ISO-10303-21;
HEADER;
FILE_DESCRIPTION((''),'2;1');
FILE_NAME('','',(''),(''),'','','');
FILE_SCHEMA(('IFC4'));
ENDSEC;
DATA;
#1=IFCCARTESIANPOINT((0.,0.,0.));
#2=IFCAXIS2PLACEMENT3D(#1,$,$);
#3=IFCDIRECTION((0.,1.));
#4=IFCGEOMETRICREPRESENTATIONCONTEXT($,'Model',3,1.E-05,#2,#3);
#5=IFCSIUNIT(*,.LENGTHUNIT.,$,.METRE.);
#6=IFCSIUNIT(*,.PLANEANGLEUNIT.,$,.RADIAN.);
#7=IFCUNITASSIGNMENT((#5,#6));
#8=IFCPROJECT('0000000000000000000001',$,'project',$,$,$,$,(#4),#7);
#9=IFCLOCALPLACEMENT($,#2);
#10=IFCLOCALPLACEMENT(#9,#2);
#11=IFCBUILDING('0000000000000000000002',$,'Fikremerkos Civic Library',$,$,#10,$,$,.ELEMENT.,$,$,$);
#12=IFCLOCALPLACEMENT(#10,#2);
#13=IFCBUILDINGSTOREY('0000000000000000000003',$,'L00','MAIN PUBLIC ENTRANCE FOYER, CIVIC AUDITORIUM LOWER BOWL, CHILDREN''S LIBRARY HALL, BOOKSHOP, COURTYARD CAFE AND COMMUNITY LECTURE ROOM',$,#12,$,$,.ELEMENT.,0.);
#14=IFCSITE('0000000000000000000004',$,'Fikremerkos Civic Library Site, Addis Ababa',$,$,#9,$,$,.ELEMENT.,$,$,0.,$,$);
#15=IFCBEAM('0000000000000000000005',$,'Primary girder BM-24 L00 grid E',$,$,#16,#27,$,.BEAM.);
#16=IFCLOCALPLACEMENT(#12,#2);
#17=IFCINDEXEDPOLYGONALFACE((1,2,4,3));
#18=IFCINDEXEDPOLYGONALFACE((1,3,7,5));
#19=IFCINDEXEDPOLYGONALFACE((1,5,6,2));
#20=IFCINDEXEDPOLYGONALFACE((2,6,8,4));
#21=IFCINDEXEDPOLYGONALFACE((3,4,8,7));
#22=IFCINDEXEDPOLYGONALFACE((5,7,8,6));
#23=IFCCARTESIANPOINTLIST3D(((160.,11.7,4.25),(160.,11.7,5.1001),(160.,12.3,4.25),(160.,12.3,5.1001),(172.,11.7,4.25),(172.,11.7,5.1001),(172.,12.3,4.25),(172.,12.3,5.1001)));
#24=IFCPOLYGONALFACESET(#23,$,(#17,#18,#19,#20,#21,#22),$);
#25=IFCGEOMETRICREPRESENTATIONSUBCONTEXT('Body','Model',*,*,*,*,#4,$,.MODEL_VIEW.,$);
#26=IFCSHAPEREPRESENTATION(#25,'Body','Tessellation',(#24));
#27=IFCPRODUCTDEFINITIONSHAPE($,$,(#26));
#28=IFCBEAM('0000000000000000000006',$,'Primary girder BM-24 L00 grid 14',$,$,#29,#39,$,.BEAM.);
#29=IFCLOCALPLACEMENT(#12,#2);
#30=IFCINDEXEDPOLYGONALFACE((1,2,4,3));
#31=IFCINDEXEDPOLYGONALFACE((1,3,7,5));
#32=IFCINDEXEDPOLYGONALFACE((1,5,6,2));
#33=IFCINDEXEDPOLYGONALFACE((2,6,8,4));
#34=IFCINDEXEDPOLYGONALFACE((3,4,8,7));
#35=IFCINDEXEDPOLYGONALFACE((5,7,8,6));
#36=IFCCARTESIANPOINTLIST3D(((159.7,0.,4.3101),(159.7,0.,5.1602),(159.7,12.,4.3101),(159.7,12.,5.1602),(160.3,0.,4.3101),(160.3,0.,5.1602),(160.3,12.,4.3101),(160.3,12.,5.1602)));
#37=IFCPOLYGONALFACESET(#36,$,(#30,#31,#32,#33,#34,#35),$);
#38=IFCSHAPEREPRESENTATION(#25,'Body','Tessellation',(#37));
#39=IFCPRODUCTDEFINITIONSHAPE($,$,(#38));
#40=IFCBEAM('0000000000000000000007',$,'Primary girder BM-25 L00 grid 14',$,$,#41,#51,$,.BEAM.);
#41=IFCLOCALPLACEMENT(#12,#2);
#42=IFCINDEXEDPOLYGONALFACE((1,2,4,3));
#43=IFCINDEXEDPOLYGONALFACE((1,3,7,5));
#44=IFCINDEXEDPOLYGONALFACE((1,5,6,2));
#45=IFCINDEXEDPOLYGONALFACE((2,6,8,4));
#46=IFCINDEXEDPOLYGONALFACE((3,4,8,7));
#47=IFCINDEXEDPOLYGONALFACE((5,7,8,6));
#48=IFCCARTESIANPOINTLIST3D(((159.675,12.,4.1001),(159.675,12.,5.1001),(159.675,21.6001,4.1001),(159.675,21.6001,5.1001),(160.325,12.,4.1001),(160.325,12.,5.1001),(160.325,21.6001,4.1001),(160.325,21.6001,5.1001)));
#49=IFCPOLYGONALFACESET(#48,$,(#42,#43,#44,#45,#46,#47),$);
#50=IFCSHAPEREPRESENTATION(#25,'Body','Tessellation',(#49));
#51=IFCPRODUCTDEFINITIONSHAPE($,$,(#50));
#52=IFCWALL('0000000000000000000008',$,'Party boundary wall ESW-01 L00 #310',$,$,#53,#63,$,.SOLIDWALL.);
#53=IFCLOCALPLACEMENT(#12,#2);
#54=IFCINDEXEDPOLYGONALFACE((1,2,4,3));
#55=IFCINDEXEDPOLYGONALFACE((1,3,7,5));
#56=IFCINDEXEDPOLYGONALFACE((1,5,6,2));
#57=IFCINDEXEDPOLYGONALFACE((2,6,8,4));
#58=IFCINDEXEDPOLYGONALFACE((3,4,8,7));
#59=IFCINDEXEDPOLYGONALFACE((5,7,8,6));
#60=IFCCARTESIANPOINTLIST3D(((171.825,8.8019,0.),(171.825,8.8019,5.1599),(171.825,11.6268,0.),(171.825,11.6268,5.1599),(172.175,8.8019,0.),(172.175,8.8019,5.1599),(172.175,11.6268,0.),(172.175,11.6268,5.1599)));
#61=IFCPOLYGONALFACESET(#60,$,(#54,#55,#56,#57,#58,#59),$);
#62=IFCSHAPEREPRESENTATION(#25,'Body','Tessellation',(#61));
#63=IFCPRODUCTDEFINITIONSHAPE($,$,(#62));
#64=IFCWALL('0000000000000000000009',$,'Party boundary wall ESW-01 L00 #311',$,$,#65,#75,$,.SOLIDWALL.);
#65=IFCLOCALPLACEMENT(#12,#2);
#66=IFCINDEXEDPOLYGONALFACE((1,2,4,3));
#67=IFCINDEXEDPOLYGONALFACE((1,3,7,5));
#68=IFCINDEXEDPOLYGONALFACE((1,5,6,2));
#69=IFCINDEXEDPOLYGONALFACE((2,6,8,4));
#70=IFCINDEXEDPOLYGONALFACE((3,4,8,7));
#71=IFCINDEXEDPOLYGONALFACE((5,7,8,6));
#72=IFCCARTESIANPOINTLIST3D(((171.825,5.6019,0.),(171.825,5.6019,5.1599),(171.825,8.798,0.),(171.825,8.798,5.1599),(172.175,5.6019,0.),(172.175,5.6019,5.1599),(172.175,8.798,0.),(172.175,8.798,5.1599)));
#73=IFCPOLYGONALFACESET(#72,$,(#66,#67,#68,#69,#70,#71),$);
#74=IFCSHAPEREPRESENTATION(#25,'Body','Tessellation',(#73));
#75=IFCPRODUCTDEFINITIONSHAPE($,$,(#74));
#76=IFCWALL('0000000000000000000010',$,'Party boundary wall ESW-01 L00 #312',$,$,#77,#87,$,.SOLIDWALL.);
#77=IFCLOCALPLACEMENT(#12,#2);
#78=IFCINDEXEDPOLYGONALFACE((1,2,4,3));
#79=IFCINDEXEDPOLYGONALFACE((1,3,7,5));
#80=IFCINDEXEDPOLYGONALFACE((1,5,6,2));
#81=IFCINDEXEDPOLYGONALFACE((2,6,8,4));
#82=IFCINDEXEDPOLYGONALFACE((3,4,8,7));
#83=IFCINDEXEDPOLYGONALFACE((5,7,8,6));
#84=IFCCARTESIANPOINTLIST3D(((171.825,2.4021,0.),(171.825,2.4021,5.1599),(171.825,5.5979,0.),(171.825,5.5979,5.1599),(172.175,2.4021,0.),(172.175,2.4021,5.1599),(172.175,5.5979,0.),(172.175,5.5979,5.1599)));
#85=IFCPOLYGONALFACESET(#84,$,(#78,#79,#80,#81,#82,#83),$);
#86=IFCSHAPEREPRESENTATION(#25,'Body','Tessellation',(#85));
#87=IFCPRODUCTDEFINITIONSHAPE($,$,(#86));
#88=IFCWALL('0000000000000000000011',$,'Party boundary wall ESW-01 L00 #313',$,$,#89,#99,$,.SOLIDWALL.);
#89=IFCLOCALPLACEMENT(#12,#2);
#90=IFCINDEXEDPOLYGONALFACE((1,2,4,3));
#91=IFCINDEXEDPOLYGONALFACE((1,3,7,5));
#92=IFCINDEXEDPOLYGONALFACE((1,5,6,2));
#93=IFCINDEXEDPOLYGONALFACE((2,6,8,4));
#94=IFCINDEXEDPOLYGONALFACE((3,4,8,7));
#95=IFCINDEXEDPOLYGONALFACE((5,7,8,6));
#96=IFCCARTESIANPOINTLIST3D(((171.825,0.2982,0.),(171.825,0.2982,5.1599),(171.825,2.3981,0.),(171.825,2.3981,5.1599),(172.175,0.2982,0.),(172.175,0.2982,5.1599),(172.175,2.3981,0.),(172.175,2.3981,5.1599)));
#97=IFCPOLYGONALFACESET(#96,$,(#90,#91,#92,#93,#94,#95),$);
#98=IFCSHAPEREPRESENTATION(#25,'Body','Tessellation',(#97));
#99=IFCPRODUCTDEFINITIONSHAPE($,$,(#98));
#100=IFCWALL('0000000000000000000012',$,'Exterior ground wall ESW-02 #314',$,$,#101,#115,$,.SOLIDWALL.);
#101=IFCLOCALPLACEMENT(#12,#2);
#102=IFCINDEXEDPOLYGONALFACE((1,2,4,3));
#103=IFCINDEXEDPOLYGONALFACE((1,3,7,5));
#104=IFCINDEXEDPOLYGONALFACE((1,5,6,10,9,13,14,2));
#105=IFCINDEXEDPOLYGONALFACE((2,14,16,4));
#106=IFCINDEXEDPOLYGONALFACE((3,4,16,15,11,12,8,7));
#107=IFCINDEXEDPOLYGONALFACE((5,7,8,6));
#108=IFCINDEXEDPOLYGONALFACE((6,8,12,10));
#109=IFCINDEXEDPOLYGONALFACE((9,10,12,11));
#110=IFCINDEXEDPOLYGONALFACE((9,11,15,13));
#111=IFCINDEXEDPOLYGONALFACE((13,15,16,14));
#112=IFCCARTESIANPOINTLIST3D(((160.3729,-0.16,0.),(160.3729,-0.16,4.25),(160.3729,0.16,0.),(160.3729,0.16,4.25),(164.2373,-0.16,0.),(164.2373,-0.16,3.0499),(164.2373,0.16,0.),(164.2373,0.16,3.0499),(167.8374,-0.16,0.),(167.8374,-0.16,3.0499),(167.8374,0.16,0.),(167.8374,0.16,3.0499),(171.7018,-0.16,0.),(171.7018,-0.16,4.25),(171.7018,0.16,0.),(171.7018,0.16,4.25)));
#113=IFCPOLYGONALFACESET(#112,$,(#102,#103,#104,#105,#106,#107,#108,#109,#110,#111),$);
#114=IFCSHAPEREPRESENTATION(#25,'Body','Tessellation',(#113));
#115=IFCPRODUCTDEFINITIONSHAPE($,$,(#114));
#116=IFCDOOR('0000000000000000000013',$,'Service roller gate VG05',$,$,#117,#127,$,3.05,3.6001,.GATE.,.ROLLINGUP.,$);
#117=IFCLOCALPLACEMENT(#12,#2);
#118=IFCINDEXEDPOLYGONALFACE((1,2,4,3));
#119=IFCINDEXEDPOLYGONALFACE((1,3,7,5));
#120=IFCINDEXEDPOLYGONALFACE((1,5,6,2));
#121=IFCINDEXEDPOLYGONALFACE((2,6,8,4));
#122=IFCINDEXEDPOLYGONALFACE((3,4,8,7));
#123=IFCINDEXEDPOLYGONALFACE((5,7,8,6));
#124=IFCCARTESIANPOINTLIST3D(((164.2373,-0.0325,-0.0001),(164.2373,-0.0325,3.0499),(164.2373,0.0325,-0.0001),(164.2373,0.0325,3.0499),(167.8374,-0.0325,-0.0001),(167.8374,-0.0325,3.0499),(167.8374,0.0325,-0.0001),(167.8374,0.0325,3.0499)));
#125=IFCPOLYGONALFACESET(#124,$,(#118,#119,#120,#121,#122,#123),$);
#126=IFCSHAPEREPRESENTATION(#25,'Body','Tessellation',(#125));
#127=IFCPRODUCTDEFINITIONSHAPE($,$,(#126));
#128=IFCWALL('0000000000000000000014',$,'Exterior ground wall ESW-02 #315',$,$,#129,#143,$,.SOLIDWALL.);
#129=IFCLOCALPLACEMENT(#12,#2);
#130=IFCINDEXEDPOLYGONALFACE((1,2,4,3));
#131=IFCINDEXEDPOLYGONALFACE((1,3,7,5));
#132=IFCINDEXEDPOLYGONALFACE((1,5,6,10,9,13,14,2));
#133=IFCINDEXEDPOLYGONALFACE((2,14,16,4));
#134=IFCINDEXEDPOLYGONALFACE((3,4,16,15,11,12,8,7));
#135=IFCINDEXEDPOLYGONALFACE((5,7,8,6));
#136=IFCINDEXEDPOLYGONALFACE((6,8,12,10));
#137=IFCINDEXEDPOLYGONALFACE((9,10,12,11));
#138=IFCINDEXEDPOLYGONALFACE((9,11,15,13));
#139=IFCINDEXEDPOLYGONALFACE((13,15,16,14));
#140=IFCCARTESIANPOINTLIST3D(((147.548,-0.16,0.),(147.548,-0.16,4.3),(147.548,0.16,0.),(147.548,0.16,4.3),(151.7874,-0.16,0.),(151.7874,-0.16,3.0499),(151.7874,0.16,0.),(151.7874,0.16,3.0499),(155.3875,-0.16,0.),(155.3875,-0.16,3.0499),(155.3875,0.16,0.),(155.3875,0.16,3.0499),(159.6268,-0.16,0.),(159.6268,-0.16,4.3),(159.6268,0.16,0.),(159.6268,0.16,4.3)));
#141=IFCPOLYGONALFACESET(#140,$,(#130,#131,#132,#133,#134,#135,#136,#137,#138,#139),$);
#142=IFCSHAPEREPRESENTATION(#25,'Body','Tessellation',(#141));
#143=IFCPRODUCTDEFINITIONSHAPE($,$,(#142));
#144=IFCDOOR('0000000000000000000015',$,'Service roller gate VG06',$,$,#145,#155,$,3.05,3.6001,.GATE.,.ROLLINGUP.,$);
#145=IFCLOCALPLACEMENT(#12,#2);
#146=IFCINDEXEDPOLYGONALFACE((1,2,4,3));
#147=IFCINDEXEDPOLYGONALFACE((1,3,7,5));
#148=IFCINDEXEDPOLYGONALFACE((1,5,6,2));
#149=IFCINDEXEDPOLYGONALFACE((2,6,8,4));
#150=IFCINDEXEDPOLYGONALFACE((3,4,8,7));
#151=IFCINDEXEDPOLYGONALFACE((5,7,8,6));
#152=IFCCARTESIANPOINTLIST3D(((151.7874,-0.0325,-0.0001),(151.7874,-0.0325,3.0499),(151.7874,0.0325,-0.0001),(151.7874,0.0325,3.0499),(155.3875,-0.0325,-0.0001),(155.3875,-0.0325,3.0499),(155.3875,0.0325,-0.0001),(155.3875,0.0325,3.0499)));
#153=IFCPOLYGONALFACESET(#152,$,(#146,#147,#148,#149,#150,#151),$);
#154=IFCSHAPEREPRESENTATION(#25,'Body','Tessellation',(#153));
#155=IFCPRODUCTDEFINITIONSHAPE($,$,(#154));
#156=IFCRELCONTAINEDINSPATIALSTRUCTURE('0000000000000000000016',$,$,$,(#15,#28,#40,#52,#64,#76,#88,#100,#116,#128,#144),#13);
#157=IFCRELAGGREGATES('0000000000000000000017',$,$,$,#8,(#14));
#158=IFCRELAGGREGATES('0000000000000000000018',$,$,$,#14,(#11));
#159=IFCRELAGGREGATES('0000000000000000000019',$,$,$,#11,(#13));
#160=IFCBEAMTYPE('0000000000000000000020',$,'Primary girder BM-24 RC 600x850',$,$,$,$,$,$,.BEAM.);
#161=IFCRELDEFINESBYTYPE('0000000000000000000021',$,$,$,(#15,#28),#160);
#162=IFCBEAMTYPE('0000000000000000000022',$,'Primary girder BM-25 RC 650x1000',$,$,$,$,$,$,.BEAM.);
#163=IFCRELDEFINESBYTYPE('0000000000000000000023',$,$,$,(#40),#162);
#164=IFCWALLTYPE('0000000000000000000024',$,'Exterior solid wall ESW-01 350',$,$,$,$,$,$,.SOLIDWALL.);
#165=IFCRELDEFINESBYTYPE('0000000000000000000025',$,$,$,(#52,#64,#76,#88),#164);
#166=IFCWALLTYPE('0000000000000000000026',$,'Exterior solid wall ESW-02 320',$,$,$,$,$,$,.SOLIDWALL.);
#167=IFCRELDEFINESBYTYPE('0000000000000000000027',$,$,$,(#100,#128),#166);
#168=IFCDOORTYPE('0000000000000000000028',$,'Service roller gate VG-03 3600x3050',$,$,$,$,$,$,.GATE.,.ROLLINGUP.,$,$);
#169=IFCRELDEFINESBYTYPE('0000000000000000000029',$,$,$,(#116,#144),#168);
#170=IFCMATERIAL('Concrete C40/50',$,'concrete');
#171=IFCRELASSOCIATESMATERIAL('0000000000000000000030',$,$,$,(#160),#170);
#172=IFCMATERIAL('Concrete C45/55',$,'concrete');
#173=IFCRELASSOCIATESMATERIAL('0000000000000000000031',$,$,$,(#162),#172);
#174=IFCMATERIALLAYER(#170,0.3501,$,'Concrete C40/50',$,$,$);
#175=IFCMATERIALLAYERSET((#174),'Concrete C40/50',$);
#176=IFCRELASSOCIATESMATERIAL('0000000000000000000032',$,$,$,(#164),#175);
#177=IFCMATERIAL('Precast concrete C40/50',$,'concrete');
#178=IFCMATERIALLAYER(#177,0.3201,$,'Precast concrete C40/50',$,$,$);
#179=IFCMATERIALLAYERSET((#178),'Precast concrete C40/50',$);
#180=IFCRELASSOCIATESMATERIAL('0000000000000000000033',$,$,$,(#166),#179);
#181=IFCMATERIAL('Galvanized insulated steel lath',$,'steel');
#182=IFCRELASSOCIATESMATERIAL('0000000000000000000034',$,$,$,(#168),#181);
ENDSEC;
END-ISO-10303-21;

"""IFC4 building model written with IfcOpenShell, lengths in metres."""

from ifc_helpers import new_model, si_unit, direction, frame, frame_2d, origin, origin_2d, place, context, subcontext, project, spatial, rectangle, extrude, material, layer, layer_set, material_profile, profile_set, type_object, element, fill, save


model = new_model("IFC4")

# Units and contexts
model_context = context("Model", 3, precision=1e-05, world=origin(), true_north=direction((0.0, 1.0)))
body_context = subcontext(model_context, "Body", "Model", "MODEL_VIEW")
ifc_project = project(units=[si_unit("LENGTHUNIT", "METRE"), si_unit("PLANEANGLEUNIT", "RADIAN")], contexts=[model_context])

# Site, building, storey
site_placement = place(None, origin())
site = spatial("IfcSite", under=ifc_project, at=site_placement, Name="Fikremerkos Civic Library Site, Addis Ababa", CompositionType="ELEMENT", RefElevation=0.0)
building_placement = place(site_placement, origin())
building = spatial("IfcBuilding", under=site, at=building_placement, Name="Fikremerkos Civic Library", CompositionType="ELEMENT")
storey_placement = place(building_placement, origin())
storey = spatial("IfcBuildingStorey", under=building, at=storey_placement, Name="L00", Description="MAIN PUBLIC ENTRANCE FOYER, CIVIC AUDITORIUM LOWER BOWL, CHILDREN'S LIBRARY HALL, BOOKSHOP, COURTYARD CAFE AND COMMUNITY LECTURE ROOM", CompositionType="ELEMENT", Elevation=0.0)

# Shared definitions
ifc_material_1 = material(Name="Concrete C40/50", Category="concrete")

# Beams
ifc_material_profile_1 = material_profile(ifc_material_1, rectangle(XDim=0.6001, YDim=0.8501, at=origin_2d()), Name="RC 600x850")
ifc_profile_set_1 = profile_set([ifc_material_profile_1], Name="Concrete C40/50")
beam_type_1 = type_object("IfcBeamType", Name="Primary girder BM-24 RC 600x850", PredefinedType="BEAM", material=ifc_profile_set_1)
for number, where, z_axis, x_axis, name in (
    (1, (160.0, 12.0, 4.675), (1.0, 0.0, 0.0), (0.0, 1.0, 0.0), "Primary girder BM-24 L00 grid E"),
    (2, (160.0, 0.0, 4.7351), (0.0, 1.0, 0.0), (-1.0, 0.0, 0.0), "Primary girder BM-24 L00 grid 14"),
):
    element("IfcBeam", number, at=place(storey_placement, frame(where, z_axis=z_axis, x_axis=x_axis)), inside=storey, type_object=beam_type_1, Name=name, PredefinedType="BEAM", context=body_context, shape_type="SweptSolid", body=[
        extrude(rectangle(XDim=0.6001, YDim=0.8501, at=origin_2d()), origin(), (0.0, 0.0, 1.0), 12.0),
    ])
ifc_material_2 = material(Name="Concrete C45/55", Category="concrete")
ifc_material_profile_2 = material_profile(ifc_material_2, rectangle(XDim=0.6499, YDim=1.0, at=origin_2d()), Name="RC 650x1000")
ifc_profile_set_2 = profile_set([ifc_material_profile_2], Name="Concrete C45/55")
beam_type_2 = type_object("IfcBeamType", Name="Primary girder BM-25 RC 650x1000", PredefinedType="BEAM", material=ifc_profile_set_2)
beam_1_placement = place(storey_placement, frame((160.0, 12.0, 4.6001), z_axis=(0.0, 1.0, 0.0), x_axis=(-1.0, 0.0, 0.0)))
element("IfcBeam", 3, at=beam_1_placement, inside=storey, type_object=beam_type_2, Name="Primary girder BM-25 L00 grid 14", PredefinedType="BEAM", context=body_context, shape_type="SweptSolid", body=[
    extrude(rectangle(XDim=0.6499, YDim=1.0, at=origin_2d()), origin(), (0.0, 0.0, 1.0), 9.6001),
])

# Walls
ifc_layer_1 = layer(ifc_material_1, 0.3501, Name="Concrete C40/50")
ifc_layer_set_1 = layer_set([ifc_layer_1], Name="Concrete C40/50")
wall_type_1 = type_object("IfcWallType", Name="Exterior solid wall ESW-01 350", PredefinedType="SOLIDWALL", material=ifc_layer_set_1)
wall_1_placement = place(storey_placement, frame((172.0, 11.627, 0.0), z_axis=(0.0, 0.0, 1.0), x_axis=(0.0, -1.0, 0.0)))
element("IfcWall", 4, at=wall_1_placement, inside=storey, type_object=wall_type_1, Name="Party boundary wall ESW-01 L00 #310", PredefinedType="SOLIDWALL", context=body_context, shape_type="SweptSolid", body=[
    extrude(rectangle(XDim=2.825, YDim=0.3501, at=frame_2d((1.4126, 0.0))), origin(), (0.0, 0.0, 1.0), 5.1599),
])
wall_2_placement = place(storey_placement, frame((172.0, 8.7981, 0.0), z_axis=(0.0, 0.0, 1.0), x_axis=(0.0, -1.0, 0.0)))
element("IfcWall", 5, at=wall_2_placement, inside=storey, type_object=wall_type_1, Name="Party boundary wall ESW-01 L00 #311", PredefinedType="SOLIDWALL", context=body_context, shape_type="SweptSolid", body=[
    extrude(rectangle(XDim=3.196, YDim=0.3501, at=frame_2d((1.5981, 0.0))), origin(), (0.0, 0.0, 1.0), 5.1599),
])
wall_3_placement = place(storey_placement, frame((172.0, 5.5979, 0.0), z_axis=(0.0, 0.0, 1.0), x_axis=(0.0, -1.0, 0.0)))
element("IfcWall", 6, at=wall_3_placement, inside=storey, type_object=wall_type_1, Name="Party boundary wall ESW-01 L00 #312", PredefinedType="SOLIDWALL", context=body_context, shape_type="SweptSolid", body=[
    extrude(rectangle(XDim=3.1958, YDim=0.3501, at=frame_2d((1.5979, 0.0))), origin(), (0.0, 0.0, 1.0), 5.1599),
])
wall_4_placement = place(storey_placement, frame((172.0, 2.3979, 0.0), z_axis=(0.0, 0.0, 1.0), x_axis=(0.0, -1.0, 0.0)))
element("IfcWall", 7, at=wall_4_placement, inside=storey, type_object=wall_type_1, Name="Party boundary wall ESW-01 L00 #313", PredefinedType="SOLIDWALL", context=body_context, shape_type="SweptSolid", body=[
    extrude(rectangle(XDim=2.0999, YDim=0.3501, at=frame_2d((1.0498, 0.0))), origin(), (0.0, 0.0, 1.0), 5.1599),
])

# Walls, openings, doors
ifc_material_3 = material(Name="Precast concrete C40/50", Category="concrete")
ifc_layer_2 = layer(ifc_material_3, 0.3201, Name="Precast concrete C40/50")
ifc_layer_set_2 = layer_set([ifc_layer_2], Name="Precast concrete C40/50")
wall_type_2 = type_object("IfcWallType", Name="Exterior solid wall ESW-02 320", PredefinedType="SOLIDWALL", material=ifc_layer_set_2)
wall_5_placement = place(storey_placement, frame((171.7019, 0.0, 0.0), z_axis=(0.0, 0.0, 1.0), x_axis=(-1.0, 0.0, 0.0)))
wall_5 = element("IfcWall", 8, at=wall_5_placement, inside=storey, type_object=wall_type_2, Name="Exterior ground wall ESW-02 #314", PredefinedType="SOLIDWALL", context=body_context, shape_type="SweptSolid", body=[
    extrude(rectangle(XDim=11.3289, YDim=0.3201, at=frame_2d((5.6646, 0.0))), origin(), (0.0, 0.0, 1.0), 4.25),
])
opening_1_placement = place(wall_5_placement, frame((3.8645, 0.0, 0.0)))
opening_1 = element("IfcOpeningElement", 9, at=opening_1_placement, cuts=wall_5, PredefinedType="OPENING", context=body_context, shape_type="SweptSolid", body=[
    extrude(rectangle(XDim=3.6001, YDim=3.05, at=frame_2d((1.8, 1.5249))), frame((0.0, 0.1699, 0.0), z_axis=(0.0, -1.0, 0.0), x_axis=(1.0, 0.0, 0.0)), (0.0, 0.0, 1.0), 0.3401),
])
ifc_material_4 = material(Name="Galvanized insulated steel lath", Category="steel")
door_type_1 = type_object("IfcDoorType", Name="Service roller gate VG-03 3600x3050", OperationType="ROLLINGUP", PredefinedType="GATE", material=ifc_material_4)
door_1_placement = place(opening_1_placement, origin())
door_1 = element("IfcDoor", 10, at=door_1_placement, inside=storey, type_object=door_type_1, Name="Service roller gate VG05", OperationType="ROLLINGUP", OverallHeight=3.05, OverallWidth=3.6001, PredefinedType="GATE", context=body_context, shape_type="SweptSolid", body=[
    extrude(rectangle(XDim=3.6001, YDim=3.05, at=frame_2d((1.8, 1.5249))), frame((0.0, 0.0325, 0.0), z_axis=(0.0, -1.0, 0.0), x_axis=(1.0, 0.0, 0.0)), (0.0, 0.0, 1.0), 0.0649),
])
fill(opening_1, door_1)
wall_6_placement = place(storey_placement, frame((159.627, 0.0, 0.0), z_axis=(0.0, 0.0, 1.0), x_axis=(-1.0, 0.0, 0.0)))
wall_6 = element("IfcWall", 11, at=wall_6_placement, inside=storey, type_object=wall_type_2, Name="Exterior ground wall ESW-02 #315", PredefinedType="SOLIDWALL", context=body_context, shape_type="SweptSolid", body=[
    extrude(rectangle(XDim=12.0789, YDim=0.3201, at=frame_2d((6.0396, 0.0))), origin(), (0.0, 0.0, 1.0), 4.3),
])
opening_2_placement = place(wall_6_placement, frame((4.2395, 0.0, 0.0)))
opening_2 = element("IfcOpeningElement", 12, at=opening_2_placement, cuts=wall_6, PredefinedType="OPENING", context=body_context, shape_type="SweptSolid", body=[
    extrude(rectangle(XDim=3.6001, YDim=3.05, at=frame_2d((1.8, 1.5249))), frame((0.0, 0.1699, 0.0), z_axis=(0.0, -1.0, 0.0), x_axis=(1.0, 0.0, 0.0)), (0.0, 0.0, 1.0), 0.3401),
])
door_2_placement = place(opening_2_placement, origin())
door_2 = element("IfcDoor", 13, at=door_2_placement, inside=storey, type_object=door_type_1, Name="Service roller gate VG06", OperationType="ROLLINGUP", OverallHeight=3.05, OverallWidth=3.6001, PredefinedType="GATE", context=body_context, shape_type="SweptSolid", body=[
    extrude(rectangle(XDim=3.6001, YDim=3.05, at=frame_2d((1.8, 1.5249))), frame((0.0, 0.0325, 0.0), z_axis=(0.0, -1.0, 0.0), x_axis=(1.0, 0.0, 0.0)), (0.0, 0.0, 1.0), 0.0649),
])
fill(opening_2, door_2)

save(model, "model.ifc")
